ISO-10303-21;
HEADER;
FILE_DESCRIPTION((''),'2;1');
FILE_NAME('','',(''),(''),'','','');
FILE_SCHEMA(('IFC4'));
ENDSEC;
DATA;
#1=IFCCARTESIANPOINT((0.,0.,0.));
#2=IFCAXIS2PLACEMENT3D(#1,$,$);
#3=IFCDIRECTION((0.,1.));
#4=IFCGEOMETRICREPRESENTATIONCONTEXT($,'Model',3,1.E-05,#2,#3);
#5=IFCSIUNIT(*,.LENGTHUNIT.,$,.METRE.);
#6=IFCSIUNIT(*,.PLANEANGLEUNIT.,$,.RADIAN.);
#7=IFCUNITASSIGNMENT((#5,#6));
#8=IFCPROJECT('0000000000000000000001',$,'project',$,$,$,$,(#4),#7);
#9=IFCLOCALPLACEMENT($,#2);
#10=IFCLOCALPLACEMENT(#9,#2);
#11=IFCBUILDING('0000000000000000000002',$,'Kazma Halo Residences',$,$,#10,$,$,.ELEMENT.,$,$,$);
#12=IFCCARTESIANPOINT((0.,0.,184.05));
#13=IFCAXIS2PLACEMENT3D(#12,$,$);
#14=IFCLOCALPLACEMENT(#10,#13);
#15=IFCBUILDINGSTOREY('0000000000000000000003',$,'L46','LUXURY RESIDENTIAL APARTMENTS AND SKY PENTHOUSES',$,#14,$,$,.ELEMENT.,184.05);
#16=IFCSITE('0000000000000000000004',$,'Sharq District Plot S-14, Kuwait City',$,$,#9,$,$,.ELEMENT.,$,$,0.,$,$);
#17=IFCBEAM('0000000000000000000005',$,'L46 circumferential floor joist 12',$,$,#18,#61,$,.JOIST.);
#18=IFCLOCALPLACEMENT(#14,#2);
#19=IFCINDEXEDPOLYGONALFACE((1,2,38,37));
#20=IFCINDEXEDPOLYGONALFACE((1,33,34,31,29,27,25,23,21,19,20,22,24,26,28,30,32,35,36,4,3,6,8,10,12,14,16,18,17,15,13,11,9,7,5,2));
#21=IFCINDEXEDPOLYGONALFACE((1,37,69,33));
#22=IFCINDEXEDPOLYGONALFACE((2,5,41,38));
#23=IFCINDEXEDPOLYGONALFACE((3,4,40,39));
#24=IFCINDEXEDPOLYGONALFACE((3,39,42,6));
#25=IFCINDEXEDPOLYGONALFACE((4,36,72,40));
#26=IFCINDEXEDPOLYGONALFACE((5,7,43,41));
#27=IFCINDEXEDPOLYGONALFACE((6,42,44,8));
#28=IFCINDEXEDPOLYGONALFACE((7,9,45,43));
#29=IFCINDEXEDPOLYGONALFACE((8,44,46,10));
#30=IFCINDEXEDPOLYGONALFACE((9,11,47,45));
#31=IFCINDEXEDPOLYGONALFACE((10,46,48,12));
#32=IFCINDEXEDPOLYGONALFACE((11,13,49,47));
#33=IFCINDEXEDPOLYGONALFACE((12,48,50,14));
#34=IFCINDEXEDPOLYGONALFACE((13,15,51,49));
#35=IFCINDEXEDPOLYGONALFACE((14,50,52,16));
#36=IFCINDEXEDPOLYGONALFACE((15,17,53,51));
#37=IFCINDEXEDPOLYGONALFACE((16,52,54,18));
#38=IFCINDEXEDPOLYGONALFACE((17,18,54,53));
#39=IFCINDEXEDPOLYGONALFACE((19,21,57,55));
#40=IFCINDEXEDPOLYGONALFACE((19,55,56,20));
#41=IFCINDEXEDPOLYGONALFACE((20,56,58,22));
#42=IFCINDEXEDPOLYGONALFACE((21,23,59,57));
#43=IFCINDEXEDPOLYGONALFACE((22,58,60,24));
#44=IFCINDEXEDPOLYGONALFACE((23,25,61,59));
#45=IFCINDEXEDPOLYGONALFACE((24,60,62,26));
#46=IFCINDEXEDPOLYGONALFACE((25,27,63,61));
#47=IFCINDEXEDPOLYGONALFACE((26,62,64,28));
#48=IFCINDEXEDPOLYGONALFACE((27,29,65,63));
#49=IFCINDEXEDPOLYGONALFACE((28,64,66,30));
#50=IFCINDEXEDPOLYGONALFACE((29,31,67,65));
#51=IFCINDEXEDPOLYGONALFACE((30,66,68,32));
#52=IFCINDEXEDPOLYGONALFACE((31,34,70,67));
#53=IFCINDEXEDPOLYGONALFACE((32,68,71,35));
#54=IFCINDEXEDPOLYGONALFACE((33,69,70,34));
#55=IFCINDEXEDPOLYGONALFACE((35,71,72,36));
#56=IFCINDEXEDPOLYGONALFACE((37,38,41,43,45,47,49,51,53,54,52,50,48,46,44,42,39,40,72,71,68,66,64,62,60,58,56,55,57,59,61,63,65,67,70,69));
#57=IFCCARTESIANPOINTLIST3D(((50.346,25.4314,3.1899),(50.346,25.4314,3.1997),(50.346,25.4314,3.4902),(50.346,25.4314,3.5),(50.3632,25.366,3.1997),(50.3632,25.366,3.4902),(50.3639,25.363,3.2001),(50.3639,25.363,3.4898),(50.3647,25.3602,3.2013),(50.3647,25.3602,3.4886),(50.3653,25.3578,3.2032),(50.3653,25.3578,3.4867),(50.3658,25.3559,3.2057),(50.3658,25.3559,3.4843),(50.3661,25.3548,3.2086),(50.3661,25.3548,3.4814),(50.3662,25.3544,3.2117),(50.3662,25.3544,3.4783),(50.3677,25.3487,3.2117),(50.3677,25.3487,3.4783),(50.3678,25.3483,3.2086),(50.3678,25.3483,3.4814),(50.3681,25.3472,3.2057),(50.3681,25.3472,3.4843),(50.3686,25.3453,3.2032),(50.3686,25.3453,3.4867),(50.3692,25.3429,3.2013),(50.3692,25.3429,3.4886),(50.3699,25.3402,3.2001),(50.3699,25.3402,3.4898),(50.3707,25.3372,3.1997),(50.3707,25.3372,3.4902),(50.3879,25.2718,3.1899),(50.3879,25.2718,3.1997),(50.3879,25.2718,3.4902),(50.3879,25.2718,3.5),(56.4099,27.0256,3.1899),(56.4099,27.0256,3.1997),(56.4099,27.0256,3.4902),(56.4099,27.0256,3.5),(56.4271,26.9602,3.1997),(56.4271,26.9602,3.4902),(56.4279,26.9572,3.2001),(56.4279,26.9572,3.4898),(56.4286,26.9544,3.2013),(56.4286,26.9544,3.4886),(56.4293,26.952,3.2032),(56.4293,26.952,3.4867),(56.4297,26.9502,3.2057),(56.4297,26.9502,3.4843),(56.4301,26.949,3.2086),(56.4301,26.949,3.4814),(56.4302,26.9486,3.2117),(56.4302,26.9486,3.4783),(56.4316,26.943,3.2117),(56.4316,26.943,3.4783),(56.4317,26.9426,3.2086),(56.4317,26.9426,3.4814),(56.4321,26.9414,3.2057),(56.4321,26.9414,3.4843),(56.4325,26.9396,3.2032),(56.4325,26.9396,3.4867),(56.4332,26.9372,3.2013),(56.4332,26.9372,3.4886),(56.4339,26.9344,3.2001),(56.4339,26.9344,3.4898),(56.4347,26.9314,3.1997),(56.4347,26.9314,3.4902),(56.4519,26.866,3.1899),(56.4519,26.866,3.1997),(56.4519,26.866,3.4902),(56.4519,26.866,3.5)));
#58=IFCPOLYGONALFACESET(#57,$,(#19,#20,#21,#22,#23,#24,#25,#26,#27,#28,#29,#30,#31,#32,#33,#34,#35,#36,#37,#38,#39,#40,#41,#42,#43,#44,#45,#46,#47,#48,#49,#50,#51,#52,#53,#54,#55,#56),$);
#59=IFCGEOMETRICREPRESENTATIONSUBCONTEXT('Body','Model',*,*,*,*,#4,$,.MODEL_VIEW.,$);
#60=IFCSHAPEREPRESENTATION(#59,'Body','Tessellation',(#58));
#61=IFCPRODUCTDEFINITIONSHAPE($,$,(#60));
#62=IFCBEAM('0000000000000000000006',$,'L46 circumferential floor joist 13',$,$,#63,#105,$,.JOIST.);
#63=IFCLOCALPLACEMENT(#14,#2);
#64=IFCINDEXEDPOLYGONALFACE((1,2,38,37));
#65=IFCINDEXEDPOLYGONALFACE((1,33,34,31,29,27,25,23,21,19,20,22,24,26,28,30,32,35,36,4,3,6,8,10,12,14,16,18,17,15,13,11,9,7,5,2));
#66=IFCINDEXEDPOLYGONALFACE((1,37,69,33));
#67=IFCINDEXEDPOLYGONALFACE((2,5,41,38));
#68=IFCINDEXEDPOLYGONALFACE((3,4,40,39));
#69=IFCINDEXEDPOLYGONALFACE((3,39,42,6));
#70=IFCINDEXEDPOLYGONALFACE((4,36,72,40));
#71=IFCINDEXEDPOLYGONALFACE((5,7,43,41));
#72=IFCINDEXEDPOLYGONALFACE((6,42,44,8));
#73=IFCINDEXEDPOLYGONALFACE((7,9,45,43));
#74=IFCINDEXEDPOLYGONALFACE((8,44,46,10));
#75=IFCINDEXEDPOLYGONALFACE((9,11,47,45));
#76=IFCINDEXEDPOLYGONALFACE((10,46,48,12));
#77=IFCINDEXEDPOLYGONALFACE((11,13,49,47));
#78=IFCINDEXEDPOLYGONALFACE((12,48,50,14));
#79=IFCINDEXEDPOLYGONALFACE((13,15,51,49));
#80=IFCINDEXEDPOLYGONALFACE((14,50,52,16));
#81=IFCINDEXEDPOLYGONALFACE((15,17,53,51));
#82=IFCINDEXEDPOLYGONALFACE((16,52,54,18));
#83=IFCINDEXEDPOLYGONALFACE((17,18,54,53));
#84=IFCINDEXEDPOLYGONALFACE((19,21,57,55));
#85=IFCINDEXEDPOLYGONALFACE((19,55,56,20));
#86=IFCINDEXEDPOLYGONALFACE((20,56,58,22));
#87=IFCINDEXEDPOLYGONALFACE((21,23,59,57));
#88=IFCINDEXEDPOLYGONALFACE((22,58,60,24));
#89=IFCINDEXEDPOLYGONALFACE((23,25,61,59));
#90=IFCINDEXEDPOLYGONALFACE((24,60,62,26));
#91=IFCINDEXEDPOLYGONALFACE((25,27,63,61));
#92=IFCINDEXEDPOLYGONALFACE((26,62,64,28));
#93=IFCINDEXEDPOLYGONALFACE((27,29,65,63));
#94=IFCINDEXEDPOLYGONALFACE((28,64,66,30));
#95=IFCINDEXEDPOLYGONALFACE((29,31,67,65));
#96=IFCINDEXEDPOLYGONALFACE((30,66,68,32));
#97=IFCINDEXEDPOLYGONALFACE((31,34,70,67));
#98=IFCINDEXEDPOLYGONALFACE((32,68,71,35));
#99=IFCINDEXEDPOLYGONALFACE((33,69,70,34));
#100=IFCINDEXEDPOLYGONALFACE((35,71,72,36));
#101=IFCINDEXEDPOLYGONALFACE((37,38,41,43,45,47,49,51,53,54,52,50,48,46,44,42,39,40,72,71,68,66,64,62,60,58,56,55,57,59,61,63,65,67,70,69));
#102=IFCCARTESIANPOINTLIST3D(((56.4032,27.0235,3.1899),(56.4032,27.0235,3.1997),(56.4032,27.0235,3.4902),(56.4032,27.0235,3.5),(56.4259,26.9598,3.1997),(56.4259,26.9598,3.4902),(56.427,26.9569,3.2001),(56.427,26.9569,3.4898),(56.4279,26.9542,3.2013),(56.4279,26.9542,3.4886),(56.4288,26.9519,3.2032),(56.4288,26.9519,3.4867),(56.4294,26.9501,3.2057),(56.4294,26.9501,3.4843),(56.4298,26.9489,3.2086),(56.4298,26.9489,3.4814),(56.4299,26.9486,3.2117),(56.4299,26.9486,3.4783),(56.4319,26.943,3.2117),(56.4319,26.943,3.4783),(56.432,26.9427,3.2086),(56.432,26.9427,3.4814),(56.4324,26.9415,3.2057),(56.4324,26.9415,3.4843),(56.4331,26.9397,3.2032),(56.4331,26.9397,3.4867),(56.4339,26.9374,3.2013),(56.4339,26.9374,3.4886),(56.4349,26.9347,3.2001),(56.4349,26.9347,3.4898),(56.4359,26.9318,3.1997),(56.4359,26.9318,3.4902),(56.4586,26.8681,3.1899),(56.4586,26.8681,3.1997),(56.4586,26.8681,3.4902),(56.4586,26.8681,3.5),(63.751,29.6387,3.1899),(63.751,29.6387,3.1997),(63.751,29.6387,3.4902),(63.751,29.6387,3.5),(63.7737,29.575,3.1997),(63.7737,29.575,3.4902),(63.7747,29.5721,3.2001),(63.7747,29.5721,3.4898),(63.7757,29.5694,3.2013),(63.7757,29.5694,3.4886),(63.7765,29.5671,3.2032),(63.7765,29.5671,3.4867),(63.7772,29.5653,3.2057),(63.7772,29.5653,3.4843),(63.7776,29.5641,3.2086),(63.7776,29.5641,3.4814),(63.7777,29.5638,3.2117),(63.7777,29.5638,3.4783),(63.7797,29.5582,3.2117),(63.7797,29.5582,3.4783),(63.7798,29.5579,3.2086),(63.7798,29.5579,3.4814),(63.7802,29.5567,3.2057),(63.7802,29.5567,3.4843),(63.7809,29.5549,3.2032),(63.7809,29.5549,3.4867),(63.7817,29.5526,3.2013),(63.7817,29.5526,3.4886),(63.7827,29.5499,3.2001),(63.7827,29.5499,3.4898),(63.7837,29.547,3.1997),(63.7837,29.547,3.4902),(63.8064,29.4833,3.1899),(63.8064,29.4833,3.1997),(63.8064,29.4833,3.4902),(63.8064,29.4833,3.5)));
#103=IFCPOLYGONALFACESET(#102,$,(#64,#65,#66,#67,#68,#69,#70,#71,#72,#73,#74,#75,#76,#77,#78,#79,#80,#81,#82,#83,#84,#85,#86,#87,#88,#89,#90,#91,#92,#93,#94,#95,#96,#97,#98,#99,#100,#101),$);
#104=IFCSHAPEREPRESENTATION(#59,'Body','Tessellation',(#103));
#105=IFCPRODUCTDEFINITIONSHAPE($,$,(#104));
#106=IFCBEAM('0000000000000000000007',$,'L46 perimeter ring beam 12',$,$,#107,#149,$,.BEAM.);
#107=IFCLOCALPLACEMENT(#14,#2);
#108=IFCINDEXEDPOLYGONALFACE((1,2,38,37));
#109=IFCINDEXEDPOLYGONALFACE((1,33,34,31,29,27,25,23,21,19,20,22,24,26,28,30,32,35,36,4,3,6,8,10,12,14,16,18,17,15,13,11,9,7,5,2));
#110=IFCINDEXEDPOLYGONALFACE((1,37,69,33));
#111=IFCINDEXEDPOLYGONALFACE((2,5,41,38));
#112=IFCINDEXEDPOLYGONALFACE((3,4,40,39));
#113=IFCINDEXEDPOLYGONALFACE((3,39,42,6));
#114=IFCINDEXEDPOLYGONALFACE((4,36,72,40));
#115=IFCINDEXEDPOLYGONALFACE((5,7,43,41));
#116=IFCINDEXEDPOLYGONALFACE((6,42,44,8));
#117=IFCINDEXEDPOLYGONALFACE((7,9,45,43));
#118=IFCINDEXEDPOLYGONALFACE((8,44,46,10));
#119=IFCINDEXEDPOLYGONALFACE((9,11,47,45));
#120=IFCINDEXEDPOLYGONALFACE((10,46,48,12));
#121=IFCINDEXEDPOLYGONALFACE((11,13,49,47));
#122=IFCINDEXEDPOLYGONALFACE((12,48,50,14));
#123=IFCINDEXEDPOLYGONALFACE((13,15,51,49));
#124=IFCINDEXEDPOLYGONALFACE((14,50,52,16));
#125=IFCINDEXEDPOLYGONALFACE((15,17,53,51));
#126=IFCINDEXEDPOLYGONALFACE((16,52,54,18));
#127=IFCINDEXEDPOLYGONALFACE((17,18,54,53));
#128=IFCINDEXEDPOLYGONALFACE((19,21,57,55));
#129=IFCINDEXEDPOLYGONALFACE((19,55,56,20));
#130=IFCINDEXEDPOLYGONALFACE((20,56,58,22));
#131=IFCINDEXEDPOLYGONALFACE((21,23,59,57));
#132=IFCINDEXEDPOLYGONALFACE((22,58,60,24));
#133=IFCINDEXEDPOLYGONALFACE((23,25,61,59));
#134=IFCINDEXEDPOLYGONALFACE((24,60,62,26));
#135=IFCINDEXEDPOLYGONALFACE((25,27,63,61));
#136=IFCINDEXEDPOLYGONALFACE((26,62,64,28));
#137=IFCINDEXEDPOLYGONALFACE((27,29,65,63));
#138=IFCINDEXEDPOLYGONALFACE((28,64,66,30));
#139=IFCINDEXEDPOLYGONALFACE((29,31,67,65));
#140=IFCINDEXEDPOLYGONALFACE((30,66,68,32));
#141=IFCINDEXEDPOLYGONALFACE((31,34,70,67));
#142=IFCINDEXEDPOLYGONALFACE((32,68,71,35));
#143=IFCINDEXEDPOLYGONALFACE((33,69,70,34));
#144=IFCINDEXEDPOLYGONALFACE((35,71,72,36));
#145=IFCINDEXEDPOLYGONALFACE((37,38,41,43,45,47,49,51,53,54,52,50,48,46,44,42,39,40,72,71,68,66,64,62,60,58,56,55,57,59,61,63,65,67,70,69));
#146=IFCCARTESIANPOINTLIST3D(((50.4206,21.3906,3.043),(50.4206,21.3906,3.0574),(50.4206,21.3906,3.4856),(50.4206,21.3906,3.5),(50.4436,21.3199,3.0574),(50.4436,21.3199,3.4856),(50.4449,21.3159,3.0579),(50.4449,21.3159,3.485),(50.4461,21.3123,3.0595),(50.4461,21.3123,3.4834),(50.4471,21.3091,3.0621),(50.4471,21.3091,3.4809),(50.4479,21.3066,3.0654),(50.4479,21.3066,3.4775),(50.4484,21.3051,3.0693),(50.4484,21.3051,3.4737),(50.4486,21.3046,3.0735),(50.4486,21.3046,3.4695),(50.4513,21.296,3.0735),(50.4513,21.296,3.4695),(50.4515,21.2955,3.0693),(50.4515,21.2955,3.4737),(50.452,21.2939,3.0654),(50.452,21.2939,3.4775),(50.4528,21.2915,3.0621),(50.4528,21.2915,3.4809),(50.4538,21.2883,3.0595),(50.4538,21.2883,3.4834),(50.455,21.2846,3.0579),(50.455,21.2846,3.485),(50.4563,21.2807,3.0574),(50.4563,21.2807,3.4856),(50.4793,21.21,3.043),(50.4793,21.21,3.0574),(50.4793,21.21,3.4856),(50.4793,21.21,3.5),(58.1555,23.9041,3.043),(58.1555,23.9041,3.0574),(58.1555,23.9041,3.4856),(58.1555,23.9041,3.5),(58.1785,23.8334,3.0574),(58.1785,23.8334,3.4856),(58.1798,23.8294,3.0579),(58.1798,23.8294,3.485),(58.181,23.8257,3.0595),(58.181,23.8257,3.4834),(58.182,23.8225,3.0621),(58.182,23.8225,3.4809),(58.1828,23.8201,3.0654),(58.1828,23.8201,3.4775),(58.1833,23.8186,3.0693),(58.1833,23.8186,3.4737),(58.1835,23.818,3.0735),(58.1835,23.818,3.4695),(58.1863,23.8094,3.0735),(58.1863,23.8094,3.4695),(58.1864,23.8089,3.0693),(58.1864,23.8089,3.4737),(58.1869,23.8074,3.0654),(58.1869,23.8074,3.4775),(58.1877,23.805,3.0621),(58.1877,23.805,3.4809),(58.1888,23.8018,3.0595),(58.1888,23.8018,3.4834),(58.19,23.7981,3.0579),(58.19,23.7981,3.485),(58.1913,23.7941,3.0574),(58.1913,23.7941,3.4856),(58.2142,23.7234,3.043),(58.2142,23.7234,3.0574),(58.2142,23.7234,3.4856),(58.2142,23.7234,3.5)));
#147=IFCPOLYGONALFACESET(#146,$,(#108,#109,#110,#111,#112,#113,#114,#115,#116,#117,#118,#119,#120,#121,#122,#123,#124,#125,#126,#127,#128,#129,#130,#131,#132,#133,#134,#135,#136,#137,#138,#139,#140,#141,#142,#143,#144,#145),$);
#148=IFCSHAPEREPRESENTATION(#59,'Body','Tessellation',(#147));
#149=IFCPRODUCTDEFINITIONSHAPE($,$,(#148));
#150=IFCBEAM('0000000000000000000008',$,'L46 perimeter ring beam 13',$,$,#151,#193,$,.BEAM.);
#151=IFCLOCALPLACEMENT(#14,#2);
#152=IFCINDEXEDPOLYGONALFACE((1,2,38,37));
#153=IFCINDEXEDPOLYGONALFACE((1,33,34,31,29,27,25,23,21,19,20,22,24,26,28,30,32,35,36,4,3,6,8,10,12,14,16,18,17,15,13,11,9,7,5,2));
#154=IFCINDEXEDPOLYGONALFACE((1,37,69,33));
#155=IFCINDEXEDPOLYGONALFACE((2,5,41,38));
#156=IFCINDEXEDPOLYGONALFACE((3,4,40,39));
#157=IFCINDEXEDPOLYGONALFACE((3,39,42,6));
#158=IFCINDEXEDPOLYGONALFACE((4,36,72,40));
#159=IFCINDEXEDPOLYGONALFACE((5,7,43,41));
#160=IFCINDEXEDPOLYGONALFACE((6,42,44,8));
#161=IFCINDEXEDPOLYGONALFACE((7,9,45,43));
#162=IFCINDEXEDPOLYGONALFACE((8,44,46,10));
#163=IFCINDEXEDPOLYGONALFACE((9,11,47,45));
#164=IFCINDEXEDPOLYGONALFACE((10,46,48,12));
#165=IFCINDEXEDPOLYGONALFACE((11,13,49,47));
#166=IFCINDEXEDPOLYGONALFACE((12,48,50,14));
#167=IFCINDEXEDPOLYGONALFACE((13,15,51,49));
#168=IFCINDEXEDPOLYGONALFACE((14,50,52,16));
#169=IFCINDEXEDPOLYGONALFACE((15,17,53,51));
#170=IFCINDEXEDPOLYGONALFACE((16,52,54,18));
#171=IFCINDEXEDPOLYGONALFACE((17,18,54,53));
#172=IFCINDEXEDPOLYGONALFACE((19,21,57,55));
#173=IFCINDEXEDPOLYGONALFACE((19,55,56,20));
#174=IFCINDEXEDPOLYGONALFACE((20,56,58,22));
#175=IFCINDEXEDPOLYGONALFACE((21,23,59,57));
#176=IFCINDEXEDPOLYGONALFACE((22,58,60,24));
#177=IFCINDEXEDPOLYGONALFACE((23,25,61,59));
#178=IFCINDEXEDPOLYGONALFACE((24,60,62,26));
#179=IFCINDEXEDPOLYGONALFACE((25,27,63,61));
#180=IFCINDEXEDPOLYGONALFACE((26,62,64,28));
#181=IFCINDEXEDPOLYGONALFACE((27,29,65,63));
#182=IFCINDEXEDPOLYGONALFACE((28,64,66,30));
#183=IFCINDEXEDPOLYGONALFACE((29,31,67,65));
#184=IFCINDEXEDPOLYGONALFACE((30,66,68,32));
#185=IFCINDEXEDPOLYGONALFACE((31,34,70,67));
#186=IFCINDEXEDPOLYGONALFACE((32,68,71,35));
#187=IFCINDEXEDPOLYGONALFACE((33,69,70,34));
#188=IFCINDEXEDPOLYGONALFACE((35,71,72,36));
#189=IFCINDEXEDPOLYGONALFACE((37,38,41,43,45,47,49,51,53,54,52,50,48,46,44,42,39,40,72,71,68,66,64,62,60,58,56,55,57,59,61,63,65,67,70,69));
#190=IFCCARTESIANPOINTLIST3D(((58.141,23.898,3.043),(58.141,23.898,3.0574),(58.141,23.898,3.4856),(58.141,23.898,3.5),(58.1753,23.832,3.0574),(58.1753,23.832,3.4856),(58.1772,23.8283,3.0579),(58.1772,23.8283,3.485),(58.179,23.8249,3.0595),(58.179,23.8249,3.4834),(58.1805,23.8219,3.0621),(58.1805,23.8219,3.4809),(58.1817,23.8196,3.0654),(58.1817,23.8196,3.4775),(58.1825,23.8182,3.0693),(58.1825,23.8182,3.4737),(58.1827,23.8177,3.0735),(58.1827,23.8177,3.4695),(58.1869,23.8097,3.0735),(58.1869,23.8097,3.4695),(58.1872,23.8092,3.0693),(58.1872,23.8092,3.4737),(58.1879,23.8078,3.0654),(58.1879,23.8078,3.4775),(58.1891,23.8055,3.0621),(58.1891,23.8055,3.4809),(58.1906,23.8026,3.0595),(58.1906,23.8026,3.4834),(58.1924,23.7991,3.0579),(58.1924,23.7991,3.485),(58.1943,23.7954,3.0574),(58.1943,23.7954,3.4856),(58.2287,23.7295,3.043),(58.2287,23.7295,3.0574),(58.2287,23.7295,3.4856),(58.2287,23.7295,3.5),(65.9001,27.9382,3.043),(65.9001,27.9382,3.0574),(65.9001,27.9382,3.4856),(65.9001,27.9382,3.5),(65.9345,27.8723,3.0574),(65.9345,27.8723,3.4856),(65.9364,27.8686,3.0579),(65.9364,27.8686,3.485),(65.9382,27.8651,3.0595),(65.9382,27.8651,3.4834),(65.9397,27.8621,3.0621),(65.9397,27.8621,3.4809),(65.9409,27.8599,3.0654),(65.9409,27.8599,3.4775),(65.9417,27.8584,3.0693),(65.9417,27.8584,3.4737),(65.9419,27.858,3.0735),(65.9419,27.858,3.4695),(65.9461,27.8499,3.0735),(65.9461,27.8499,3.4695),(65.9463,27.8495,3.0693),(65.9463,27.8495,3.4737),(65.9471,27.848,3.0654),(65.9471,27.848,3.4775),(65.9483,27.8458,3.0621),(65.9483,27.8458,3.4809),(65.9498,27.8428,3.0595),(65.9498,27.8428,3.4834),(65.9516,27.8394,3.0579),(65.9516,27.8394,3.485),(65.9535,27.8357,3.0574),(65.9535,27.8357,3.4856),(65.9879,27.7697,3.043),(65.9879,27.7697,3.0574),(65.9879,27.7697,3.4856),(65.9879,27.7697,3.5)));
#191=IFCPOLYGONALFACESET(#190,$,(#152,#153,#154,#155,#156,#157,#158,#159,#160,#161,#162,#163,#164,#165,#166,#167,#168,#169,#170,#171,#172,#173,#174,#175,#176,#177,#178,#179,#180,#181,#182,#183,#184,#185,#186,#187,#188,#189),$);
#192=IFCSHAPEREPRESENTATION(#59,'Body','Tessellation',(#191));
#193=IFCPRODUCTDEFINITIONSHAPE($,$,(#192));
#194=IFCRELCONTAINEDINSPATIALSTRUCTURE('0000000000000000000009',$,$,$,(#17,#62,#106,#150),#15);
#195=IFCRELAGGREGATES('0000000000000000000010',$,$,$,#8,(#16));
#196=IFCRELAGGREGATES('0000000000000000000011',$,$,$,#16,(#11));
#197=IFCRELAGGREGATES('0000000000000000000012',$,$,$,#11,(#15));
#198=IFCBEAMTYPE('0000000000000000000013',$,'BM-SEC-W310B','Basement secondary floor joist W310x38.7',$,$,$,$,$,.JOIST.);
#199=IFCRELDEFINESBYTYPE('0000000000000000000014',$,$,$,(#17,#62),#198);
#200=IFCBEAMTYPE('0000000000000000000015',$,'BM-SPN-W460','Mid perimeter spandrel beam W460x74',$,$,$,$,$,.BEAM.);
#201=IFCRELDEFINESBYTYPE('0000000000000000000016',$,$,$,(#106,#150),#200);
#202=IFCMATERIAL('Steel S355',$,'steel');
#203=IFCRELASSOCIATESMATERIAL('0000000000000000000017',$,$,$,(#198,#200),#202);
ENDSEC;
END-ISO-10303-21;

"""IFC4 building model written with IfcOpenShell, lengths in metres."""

from ifc_helpers import new_model, si_unit, direction, frame, origin, origin_2d, place, context, subcontext, project, spatial, i_section, extrude, material, material_profile, profile_set, type_object, element, save


model = new_model("IFC4")

# Units and contexts
model_context = context("Model", 3, precision=1e-05, world=origin(), true_north=direction((0.0, 1.0)))
body_context = subcontext(model_context, "Body", "Model", "MODEL_VIEW")
ifc_project = project(units=[si_unit("LENGTHUNIT", "METRE"), si_unit("PLANEANGLEUNIT", "RADIAN")], contexts=[model_context])

# Site, building, storey
site_placement = place(None, origin())
site = spatial("IfcSite", under=ifc_project, at=site_placement, Name="Sharq District Plot S-14, Kuwait City", CompositionType="ELEMENT", RefElevation=0.0)
building_placement = place(site_placement, origin())
building = spatial("IfcBuilding", under=site, at=building_placement, Name="Kazma Halo Residences", CompositionType="ELEMENT")
storey_placement = place(building_placement, frame((0.0, 0.0, 184.05)))
storey = spatial("IfcBuildingStorey", under=building, at=storey_placement, Name="L46", Description="LUXURY RESIDENTIAL APARTMENTS AND SKY PENTHOUSES", CompositionType="ELEMENT", Elevation=184.05)

# Beams
ifc_material_1 = material(Name="Steel S355", Category="steel")
ifc_material_profile_1 = material_profile(ifc_material_1, i_section(OverallWidth=0.165, OverallDepth=0.3101, WebThickness=0.0059, FlangeThickness=0.0098, FilletRadius=0.012, at=origin_2d()), Name="W310x38.7")
ifc_profile_set_1 = profile_set([ifc_material_profile_1], Name="Steel S355")
beam_type_1 = type_object("IfcBeamType", Name="BM-SEC-W310B", Description="Basement secondary floor joist W310x38.7", PredefinedType="JOIST", material=ifc_profile_set_1)
beam_1_placement = place(storey_placement, frame((50.3669, 25.3516, 3.345), z_axis=(0.967135, 0.254263, 0.0), x_axis=(-0.254263, 0.967135, 0.0)))
element("IfcBeam", 1, at=beam_1_placement, inside=storey, type_object=beam_type_1, Name="L46 circumferential floor joist 12", PredefinedType="JOIST", context=body_context, shape_type="SweptSolid", body=[
    extrude(i_section(OverallWidth=0.165, OverallDepth=0.3101, WebThickness=0.0059, FlangeThickness=0.0098, FilletRadius=0.012, at=origin_2d()), origin(), (0.0, 0.0, 1.0), 6.27),
])
beam_2_placement = place(storey_placement, frame((56.4309, 26.9458, 3.345), z_axis=(0.942107, 0.335311, 0.0), x_axis=(-0.335311, 0.942107, 0.0)))
element("IfcBeam", 2, at=beam_2_placement, inside=storey, type_object=beam_type_1, Name="L46 circumferential floor joist 13", PredefinedType="JOIST", context=body_context, shape_type="SweptSolid", body=[
    extrude(i_section(OverallWidth=0.165, OverallDepth=0.3101, WebThickness=0.0059, FlangeThickness=0.0098, FilletRadius=0.012, at=origin_2d()), origin(), (0.0, 0.0, 1.0), 7.7993),
])
ifc_material_profile_2 = material_profile(ifc_material_1, i_section(OverallWidth=0.1899, OverallDepth=0.457, WebThickness=0.009, FlangeThickness=0.0144, FilletRadius=0.0161, at=origin_2d()), Name="W460x74")
ifc_profile_set_2 = profile_set([ifc_material_profile_2], Name="Steel S355")
beam_type_2 = type_object("IfcBeamType", Name="BM-SPN-W460", Description="Mid perimeter spandrel beam W460x74", PredefinedType="BEAM", material=ifc_profile_set_2)
beam_3_placement = place(storey_placement, frame((50.45, 21.3003, 3.2715), z_axis=(0.951049, 0.309041, 0.0), x_axis=(-0.309041, 0.951049, 0.0)))
element("IfcBeam", 3, at=beam_3_placement, inside=storey, type_object=beam_type_2, Name="L46 perimeter ring beam 12", PredefinedType="BEAM", context=body_context, shape_type="SweptSolid", body=[
    extrude(i_section(OverallWidth=0.1899, OverallDepth=0.457, WebThickness=0.009, FlangeThickness=0.0144, FilletRadius=0.0161, at=origin_2d()), origin(), (0.0, 0.0, 1.0), 8.1331),
])
beam_4_placement = place(storey_placement, frame((58.1848, 23.8137, 3.2715), z_axis=(0.886961, 0.461844, 0.0), x_axis=(-0.461844, 0.886961, 0.0)))
element("IfcBeam", 4, at=beam_4_placement, inside=storey, type_object=beam_type_2, Name="L46 perimeter ring beam 13", PredefinedType="BEAM", context=body_context, shape_type="SweptSolid", body=[
    extrude(i_section(OverallWidth=0.1899, OverallDepth=0.457, WebThickness=0.009, FlangeThickness=0.0144, FilletRadius=0.0161, at=origin_2d()), origin(), (0.0, 0.0, 1.0), 8.748),
])

save(model, "model.ifc")
